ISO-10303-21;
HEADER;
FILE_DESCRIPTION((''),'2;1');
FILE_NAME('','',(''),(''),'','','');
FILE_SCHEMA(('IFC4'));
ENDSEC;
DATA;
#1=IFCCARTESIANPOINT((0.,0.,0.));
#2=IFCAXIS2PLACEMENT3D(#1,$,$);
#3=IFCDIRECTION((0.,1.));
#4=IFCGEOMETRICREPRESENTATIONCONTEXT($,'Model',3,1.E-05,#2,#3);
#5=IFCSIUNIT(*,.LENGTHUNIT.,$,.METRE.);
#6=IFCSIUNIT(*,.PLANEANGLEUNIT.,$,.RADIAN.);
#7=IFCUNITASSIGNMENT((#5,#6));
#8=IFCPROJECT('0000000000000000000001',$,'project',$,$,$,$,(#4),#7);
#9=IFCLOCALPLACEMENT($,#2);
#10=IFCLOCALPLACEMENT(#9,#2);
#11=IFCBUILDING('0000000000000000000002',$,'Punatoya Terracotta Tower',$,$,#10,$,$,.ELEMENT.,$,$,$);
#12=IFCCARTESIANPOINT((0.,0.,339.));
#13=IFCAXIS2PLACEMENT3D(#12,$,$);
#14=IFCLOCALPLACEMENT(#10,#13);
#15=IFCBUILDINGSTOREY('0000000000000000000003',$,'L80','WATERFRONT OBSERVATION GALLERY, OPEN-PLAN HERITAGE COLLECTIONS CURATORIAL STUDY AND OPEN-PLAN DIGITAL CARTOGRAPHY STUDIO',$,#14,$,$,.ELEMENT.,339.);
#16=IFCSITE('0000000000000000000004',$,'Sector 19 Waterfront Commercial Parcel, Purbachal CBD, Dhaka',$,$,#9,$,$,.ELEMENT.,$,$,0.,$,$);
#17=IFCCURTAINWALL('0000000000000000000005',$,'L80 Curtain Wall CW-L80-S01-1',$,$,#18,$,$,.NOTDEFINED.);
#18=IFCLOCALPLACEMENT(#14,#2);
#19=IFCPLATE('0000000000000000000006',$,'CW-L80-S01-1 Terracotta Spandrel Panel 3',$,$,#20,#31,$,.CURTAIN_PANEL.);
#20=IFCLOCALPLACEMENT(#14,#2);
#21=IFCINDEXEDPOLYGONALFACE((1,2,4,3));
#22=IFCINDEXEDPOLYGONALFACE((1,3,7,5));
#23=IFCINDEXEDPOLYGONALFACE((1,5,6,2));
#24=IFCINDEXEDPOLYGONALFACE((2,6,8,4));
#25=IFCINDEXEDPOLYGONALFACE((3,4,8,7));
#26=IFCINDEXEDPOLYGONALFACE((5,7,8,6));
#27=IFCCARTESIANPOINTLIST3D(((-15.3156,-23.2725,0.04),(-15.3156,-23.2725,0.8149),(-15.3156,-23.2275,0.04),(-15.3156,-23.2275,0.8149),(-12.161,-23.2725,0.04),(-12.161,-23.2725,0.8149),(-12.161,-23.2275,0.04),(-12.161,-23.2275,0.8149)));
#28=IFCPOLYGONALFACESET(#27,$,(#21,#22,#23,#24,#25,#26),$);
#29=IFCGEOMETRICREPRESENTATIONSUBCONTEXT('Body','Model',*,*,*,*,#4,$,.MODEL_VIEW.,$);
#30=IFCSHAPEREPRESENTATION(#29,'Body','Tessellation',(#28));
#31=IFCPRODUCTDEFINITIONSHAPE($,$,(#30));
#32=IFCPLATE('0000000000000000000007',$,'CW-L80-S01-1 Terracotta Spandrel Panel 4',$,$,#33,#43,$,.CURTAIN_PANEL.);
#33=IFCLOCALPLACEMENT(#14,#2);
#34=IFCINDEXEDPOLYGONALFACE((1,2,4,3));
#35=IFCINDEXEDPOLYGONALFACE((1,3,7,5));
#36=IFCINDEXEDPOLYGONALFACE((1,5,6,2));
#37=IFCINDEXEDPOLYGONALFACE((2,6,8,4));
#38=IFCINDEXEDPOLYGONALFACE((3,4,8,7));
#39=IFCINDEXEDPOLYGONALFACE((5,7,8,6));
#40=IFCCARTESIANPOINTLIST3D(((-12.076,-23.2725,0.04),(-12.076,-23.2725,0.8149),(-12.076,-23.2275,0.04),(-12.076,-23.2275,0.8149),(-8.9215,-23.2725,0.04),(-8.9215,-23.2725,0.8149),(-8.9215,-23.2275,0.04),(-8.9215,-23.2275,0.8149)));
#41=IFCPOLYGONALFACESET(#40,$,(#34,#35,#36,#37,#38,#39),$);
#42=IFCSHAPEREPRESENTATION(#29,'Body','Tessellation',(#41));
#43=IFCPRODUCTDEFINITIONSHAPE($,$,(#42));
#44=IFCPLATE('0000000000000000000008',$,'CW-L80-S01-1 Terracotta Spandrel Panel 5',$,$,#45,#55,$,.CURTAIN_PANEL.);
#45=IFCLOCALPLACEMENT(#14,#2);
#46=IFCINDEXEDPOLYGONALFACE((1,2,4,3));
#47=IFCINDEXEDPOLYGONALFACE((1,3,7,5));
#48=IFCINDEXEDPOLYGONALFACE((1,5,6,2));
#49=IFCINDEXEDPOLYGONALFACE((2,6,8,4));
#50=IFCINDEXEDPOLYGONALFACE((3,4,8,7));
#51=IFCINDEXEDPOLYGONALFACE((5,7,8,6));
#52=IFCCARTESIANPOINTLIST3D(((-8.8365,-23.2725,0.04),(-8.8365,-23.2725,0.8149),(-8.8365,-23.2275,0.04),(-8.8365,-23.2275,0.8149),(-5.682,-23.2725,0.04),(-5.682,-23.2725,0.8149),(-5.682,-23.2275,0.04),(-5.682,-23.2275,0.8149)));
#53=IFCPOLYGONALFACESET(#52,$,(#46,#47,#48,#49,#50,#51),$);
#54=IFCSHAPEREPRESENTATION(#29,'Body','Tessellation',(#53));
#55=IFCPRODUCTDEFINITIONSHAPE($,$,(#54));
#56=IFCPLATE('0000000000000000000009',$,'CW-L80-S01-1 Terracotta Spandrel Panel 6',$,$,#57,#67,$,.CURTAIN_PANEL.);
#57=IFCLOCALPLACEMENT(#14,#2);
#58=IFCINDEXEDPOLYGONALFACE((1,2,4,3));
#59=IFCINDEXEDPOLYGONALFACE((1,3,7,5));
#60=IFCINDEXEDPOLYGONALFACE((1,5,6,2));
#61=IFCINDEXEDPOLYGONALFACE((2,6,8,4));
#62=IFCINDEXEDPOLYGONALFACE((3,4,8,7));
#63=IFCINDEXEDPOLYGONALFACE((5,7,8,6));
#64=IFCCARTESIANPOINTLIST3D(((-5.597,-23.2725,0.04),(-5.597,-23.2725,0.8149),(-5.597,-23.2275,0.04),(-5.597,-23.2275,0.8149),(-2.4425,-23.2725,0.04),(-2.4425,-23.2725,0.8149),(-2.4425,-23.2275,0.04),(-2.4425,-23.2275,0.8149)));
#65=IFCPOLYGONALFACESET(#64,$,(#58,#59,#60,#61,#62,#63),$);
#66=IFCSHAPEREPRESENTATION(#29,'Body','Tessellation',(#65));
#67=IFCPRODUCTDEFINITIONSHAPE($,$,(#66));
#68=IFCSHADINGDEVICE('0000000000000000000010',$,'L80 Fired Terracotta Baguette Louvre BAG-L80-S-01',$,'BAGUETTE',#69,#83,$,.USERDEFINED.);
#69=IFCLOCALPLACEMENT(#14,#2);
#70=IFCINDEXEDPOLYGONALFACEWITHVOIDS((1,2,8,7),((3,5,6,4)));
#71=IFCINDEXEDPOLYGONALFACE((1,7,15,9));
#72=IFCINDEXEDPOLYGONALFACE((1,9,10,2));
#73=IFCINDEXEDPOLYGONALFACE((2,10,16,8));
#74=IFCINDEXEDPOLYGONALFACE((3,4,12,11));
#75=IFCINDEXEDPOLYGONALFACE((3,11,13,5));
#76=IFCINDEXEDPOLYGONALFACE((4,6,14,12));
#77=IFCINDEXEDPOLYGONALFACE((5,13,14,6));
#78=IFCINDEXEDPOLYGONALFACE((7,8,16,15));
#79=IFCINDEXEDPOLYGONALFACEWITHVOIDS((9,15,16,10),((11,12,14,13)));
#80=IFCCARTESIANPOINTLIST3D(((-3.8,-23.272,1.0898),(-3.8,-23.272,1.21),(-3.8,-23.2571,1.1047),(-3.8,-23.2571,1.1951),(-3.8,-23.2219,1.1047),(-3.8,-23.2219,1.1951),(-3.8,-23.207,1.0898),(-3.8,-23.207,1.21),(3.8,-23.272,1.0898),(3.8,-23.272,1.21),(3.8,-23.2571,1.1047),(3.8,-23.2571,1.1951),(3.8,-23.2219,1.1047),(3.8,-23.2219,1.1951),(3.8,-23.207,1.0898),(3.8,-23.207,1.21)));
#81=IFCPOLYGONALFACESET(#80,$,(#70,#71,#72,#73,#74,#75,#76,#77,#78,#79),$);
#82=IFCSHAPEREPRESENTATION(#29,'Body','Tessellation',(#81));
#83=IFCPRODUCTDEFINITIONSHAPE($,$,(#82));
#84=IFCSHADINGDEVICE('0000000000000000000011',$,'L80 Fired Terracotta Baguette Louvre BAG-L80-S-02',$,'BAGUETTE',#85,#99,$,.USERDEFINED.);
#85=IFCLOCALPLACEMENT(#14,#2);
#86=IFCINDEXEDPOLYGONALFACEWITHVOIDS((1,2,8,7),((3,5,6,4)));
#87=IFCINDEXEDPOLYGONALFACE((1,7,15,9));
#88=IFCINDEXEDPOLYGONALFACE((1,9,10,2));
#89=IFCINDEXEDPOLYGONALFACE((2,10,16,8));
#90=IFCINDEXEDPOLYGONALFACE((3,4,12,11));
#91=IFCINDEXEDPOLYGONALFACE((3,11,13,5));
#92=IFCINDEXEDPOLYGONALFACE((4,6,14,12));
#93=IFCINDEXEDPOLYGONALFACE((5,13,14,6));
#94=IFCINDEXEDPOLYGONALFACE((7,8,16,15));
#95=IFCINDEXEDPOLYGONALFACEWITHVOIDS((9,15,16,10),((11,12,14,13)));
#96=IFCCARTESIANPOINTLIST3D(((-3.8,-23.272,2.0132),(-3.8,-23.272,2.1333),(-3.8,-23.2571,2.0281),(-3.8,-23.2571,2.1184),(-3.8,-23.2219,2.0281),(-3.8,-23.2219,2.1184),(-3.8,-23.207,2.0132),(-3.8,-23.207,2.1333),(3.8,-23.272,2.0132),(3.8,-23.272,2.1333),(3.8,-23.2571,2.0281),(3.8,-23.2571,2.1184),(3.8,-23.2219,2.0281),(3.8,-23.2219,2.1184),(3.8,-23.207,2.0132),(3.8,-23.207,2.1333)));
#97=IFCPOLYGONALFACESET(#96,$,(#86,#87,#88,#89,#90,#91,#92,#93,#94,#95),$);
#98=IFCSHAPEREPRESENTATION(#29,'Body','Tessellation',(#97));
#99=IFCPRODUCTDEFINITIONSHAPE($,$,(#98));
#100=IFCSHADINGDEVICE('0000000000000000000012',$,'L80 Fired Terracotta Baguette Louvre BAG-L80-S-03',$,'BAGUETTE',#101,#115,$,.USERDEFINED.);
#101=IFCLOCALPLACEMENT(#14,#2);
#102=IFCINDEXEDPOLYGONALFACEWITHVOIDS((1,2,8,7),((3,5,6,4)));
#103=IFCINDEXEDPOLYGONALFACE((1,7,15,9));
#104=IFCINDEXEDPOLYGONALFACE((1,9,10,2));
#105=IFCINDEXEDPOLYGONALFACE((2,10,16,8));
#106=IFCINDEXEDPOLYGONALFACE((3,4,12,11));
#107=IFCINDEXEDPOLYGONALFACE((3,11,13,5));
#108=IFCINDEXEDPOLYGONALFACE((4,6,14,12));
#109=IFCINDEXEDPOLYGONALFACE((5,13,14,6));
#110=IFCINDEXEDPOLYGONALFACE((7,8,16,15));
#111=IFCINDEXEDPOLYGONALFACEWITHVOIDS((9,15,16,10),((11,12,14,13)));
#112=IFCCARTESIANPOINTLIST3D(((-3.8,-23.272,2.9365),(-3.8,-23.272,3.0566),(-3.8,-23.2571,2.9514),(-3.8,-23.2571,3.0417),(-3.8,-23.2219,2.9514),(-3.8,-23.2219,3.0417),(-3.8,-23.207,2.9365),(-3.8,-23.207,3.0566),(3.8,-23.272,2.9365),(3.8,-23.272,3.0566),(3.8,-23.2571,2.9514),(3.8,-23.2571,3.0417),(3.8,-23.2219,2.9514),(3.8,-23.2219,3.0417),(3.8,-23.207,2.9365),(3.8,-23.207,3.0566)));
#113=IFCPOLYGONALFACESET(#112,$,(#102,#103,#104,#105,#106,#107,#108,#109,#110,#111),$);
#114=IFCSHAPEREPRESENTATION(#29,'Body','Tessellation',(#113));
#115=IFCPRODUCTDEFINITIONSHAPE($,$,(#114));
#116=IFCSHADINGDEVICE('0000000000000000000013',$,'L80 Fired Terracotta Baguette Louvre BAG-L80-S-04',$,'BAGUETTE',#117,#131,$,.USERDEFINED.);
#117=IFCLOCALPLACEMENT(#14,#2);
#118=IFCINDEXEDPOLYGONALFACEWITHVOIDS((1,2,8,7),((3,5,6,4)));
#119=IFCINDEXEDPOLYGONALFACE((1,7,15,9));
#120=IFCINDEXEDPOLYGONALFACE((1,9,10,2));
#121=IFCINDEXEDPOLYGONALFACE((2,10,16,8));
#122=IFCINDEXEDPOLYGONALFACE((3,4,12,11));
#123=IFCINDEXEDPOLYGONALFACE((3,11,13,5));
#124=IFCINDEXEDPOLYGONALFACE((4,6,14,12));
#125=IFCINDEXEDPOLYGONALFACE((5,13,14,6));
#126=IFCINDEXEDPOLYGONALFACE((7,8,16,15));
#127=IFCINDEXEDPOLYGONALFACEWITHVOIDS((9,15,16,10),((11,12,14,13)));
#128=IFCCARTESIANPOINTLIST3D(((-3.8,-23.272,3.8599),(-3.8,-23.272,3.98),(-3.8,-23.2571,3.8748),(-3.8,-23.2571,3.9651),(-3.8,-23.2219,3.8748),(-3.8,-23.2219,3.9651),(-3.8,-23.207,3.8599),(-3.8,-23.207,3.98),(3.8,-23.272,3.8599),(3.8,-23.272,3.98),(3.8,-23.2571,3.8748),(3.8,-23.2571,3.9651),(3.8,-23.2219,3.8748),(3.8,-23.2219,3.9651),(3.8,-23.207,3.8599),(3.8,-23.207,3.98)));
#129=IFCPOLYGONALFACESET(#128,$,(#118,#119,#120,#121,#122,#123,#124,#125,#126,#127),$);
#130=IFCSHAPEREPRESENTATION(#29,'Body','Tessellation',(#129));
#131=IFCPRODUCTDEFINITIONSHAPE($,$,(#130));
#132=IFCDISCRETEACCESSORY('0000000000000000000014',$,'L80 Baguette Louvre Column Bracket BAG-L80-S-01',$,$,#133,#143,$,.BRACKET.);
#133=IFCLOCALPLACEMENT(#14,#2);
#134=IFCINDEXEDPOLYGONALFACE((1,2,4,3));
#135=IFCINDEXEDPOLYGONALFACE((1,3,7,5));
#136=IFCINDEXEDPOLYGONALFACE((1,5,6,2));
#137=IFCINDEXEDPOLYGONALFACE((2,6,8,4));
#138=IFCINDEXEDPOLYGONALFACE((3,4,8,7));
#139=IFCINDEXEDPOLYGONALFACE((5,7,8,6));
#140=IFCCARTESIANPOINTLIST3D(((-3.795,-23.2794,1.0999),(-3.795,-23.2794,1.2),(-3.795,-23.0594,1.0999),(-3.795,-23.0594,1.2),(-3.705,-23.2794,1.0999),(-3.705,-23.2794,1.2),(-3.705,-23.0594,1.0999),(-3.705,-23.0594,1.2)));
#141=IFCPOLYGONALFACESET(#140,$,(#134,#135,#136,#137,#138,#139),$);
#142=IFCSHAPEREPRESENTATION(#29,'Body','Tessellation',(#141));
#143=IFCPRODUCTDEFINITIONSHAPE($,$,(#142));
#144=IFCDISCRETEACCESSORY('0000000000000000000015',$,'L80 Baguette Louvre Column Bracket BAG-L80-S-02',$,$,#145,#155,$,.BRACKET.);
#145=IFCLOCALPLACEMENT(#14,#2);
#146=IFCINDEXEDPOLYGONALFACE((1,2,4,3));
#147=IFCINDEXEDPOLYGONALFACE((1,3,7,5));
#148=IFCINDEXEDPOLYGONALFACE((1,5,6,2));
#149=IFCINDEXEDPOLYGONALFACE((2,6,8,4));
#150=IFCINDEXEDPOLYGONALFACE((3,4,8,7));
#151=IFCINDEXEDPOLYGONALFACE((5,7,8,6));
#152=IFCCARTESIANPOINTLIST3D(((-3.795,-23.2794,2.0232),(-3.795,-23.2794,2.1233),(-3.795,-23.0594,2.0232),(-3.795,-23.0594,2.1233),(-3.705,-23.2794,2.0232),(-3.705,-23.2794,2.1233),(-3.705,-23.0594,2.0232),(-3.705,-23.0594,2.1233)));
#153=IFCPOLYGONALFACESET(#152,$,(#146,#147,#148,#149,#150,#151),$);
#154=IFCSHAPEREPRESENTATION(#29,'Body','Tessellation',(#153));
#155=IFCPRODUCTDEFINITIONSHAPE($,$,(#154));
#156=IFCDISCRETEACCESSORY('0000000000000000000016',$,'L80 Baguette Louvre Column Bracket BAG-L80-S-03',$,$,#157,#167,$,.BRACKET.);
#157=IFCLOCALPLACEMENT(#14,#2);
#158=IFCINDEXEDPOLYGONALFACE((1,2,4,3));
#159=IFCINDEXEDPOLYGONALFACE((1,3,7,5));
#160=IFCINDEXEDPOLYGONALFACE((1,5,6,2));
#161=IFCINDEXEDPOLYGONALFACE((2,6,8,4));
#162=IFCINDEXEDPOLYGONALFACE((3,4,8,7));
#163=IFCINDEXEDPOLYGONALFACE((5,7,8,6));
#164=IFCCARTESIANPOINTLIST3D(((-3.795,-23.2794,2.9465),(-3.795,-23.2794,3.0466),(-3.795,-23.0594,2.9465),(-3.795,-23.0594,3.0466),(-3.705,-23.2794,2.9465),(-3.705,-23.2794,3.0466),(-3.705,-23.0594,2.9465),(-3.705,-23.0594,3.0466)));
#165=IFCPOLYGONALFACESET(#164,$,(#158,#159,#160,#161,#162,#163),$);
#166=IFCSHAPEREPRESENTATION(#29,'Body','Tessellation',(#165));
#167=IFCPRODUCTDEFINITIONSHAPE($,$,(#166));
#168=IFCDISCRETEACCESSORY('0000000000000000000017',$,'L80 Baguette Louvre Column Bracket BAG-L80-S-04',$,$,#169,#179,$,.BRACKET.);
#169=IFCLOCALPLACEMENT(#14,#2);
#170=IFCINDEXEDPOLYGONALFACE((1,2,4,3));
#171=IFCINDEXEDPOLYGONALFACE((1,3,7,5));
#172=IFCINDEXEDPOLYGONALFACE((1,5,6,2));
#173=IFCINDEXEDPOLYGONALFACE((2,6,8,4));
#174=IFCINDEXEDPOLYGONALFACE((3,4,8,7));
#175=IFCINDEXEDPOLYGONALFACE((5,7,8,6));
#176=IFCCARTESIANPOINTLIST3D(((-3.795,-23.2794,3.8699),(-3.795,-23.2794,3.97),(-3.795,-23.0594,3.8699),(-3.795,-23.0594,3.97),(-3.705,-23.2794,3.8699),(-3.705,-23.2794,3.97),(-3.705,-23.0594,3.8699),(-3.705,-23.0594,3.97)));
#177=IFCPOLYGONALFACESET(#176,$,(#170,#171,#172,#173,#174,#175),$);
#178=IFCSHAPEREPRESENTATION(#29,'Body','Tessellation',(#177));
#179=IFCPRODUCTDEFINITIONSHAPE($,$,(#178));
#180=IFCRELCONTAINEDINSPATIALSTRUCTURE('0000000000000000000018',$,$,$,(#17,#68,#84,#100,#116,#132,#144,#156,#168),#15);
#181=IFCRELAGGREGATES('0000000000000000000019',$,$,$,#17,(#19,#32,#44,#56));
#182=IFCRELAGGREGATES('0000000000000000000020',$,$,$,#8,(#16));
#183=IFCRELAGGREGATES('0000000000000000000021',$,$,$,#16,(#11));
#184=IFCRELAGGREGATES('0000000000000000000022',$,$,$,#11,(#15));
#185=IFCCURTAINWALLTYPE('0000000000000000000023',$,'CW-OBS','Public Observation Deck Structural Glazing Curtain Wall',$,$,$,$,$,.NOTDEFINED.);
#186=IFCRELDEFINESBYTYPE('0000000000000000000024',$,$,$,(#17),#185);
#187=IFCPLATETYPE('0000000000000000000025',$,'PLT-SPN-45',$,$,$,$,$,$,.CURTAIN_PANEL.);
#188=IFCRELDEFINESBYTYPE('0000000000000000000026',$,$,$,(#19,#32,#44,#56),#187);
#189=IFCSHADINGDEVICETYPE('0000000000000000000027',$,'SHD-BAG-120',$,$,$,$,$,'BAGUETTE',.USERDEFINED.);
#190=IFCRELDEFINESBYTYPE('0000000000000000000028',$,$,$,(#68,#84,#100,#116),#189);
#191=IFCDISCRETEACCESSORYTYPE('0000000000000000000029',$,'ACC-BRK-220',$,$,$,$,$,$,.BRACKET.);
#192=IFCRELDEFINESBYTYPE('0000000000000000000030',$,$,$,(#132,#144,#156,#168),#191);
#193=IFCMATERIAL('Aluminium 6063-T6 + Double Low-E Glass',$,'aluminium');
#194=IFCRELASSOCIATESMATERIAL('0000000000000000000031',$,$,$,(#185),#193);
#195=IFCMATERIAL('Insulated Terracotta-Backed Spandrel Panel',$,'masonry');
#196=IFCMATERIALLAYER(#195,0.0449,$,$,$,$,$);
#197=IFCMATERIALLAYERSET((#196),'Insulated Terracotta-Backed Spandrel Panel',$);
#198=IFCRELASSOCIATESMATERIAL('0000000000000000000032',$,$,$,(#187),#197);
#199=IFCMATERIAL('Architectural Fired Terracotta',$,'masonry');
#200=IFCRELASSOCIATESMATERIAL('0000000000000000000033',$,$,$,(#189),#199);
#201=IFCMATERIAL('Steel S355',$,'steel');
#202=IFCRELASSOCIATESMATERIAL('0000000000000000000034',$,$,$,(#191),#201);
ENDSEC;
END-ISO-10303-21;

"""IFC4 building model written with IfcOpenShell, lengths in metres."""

from ifc_helpers import new_model, si_unit, direction, frame, origin, origin_2d, place, context, subcontext, project, spatial, rectangle, hollow_rectangle, extrude, material, layer, layer_set, material_profile, profile_set, type_object, element, aggregate, save


model = new_model("IFC4")

# Units and contexts
model_context = context("Model", 3, precision=1e-05, world=origin(), true_north=direction((0.0, 1.0)))
body_context = subcontext(model_context, "Body", "Model", "MODEL_VIEW")
ifc_project = project(units=[si_unit("LENGTHUNIT", "METRE"), si_unit("PLANEANGLEUNIT", "RADIAN")], contexts=[model_context])

# Site, building, storey
site_placement = place(None, origin())
site = spatial("IfcSite", under=ifc_project, at=site_placement, Name="Sector 19 Waterfront Commercial Parcel, Purbachal CBD, Dhaka", CompositionType="ELEMENT", RefElevation=0.0)
building_placement = place(site_placement, origin())
building = spatial("IfcBuilding", under=site, at=building_placement, Name="Punatoya Terracotta Tower", CompositionType="ELEMENT")
storey_placement = place(building_placement, frame((0.0, 0.0, 339.0)))
storey = spatial("IfcBuildingStorey", under=building, at=storey_placement, Name="L80", Description="WATERFRONT OBSERVATION GALLERY, OPEN-PLAN HERITAGE COLLECTIONS CURATORIAL STUDY AND OPEN-PLAN DIGITAL CARTOGRAPHY STUDIO", CompositionType="ELEMENT", Elevation=339.0)

# Shared definitions
ifc_material_1 = material(Name="Steel S355", Category="steel")

# Curtain wall
ifc_material_2 = material(Name="Aluminium 6063-T6 + Double Low-E Glass", Category="aluminium")
curtain_wall_type = type_object("IfcCurtainWallType", Name="CW-OBS", Description="Public Observation Deck Structural Glazing Curtain Wall", PredefinedType="NOTDEFINED", material=ifc_material_2)
curtain_wall_placement = place(storey_placement, origin())
curtain_wall = element("IfcCurtainWall", 1, at=curtain_wall_placement, inside=storey, type_object=curtain_wall_type, Name="L80 Curtain Wall CW-L80-S01-1", PredefinedType="NOTDEFINED")

# Plates
ifc_material_3 = material(Name="Insulated Terracotta-Backed Spandrel Panel", Category="masonry")
ifc_layer_1 = layer(ifc_material_3, 0.0449)
ifc_layer_set_1 = layer_set([ifc_layer_1], Name="Insulated Terracotta-Backed Spandrel Panel")
plate_type_1 = type_object("IfcPlateType", Name="PLT-SPN-45", PredefinedType="CURTAIN_PANEL", material=ifc_layer_set_1)
plate_1_placement = place(storey_placement, frame((-13.7383, -23.25, 0.04), z_axis=(0.0, 0.0, 1.0), x_axis=(1.0, 0.0, 0.0)))
plate_1 = element("IfcPlate", 2, at=plate_1_placement, type_object=plate_type_1, Name="CW-L80-S01-1 Terracotta Spandrel Panel 3", PredefinedType="CURTAIN_PANEL", context=body_context, shape_type="SweptSolid", body=[
    extrude(rectangle(XDim=3.1545, YDim=0.0449, at=origin_2d()), origin(), (0.0, 0.0, 1.0), 0.7749),
])
plate_2_placement = place(storey_placement, frame((-10.4988, -23.25, 0.04), z_axis=(0.0, 0.0, 1.0), x_axis=(1.0, 0.0, 0.0)))
plate_2 = element("IfcPlate", 3, at=plate_2_placement, type_object=plate_type_1, Name="CW-L80-S01-1 Terracotta Spandrel Panel 4", PredefinedType="CURTAIN_PANEL", context=body_context, shape_type="SweptSolid", body=[
    extrude(rectangle(XDim=3.1545, YDim=0.0449, at=origin_2d()), origin(), (0.0, 0.0, 1.0), 0.7749),
])
plate_3_placement = place(storey_placement, frame((-7.2593, -23.25, 0.04), z_axis=(0.0, 0.0, 1.0), x_axis=(1.0, 0.0, 0.0)))
plate_3 = element("IfcPlate", 4, at=plate_3_placement, type_object=plate_type_1, Name="CW-L80-S01-1 Terracotta Spandrel Panel 5", PredefinedType="CURTAIN_PANEL", context=body_context, shape_type="SweptSolid", body=[
    extrude(rectangle(XDim=3.1545, YDim=0.0449, at=origin_2d()), origin(), (0.0, 0.0, 1.0), 0.7749),
])
plate_4_placement = place(storey_placement, frame((-4.0198, -23.25, 0.04), z_axis=(0.0, 0.0, 1.0), x_axis=(1.0, 0.0, 0.0)))
plate_4 = element("IfcPlate", 5, at=plate_4_placement, type_object=plate_type_1, Name="CW-L80-S01-1 Terracotta Spandrel Panel 6", PredefinedType="CURTAIN_PANEL", context=body_context, shape_type="SweptSolid", body=[
    extrude(rectangle(XDim=3.1545, YDim=0.0449, at=origin_2d()), origin(), (0.0, 0.0, 1.0), 0.7749),
])
aggregate(curtain_wall, [plate_1, plate_2, plate_3, plate_4])

# Shading devices
ifc_material_4 = material(Name="Architectural Fired Terracotta", Category="masonry")
ifc_material_profile_1 = material_profile(ifc_material_4, hollow_rectangle(XDim=0.0649, YDim=0.1201, WallThickness=0.0149, at=origin_2d()))
ifc_profile_set_1 = profile_set([ifc_material_profile_1], Name="Architectural Fired Terracotta")
shading_device_type = type_object("IfcShadingDeviceType", Name="SHD-BAG-120", ElementType="BAGUETTE", PredefinedType="USERDEFINED", material=ifc_profile_set_1)
for number, where, z_axis, x_axis, name in (
    (6, (-3.8, -23.2395, 1.1499), (1.0, 0.0, 0.0), (0.0, 1.0, 0.0), "L80 Fired Terracotta Baguette Louvre BAG-L80-S-01"),
    (7, (-3.8, -23.2395, 2.0732), (1.0, 0.0, 0.0), (0.0, 1.0, 0.0), "L80 Fired Terracotta Baguette Louvre BAG-L80-S-02"),
    (8, (-3.8, -23.2395, 2.9966), (1.0, 0.0, 0.0), (0.0, 1.0, 0.0), "L80 Fired Terracotta Baguette Louvre BAG-L80-S-03"),
    (9, (-3.8, -23.2395, 3.9199), (1.0, 0.0, 0.0), (0.0, 1.0, 0.0), "L80 Fired Terracotta Baguette Louvre BAG-L80-S-04"),
):
    element("IfcShadingDevice", number, at=place(storey_placement, frame(where, z_axis=z_axis, x_axis=x_axis)), inside=storey, type_object=shading_device_type, Name=name, ObjectType="BAGUETTE", PredefinedType="USERDEFINED", context=body_context, shape_type="SweptSolid", body=[
        extrude(hollow_rectangle(XDim=0.0649, YDim=0.1201, WallThickness=0.0149, at=origin_2d()), origin(), (0.0, 0.0, 1.0), 7.6001),
    ])

# Discrete accessories
discrete_accessory_type = type_object("IfcDiscreteAccessoryType", Name="ACC-BRK-220", PredefinedType="BRACKET", material=ifc_material_1)
for number, where, z_axis, x_axis, name in (
    (10, (-3.75, -23.1694, 1.0999), (0.0, 0.0, 1.0), (1.0, 0.0, 0.0), "L80 Baguette Louvre Column Bracket BAG-L80-S-01"),
    (11, (-3.75, -23.1694, 2.0232), (0.0, 0.0, 1.0), (1.0, 0.0, 0.0), "L80 Baguette Louvre Column Bracket BAG-L80-S-02"),
    (12, (-3.75, -23.1694, 2.9465), (0.0, 0.0, 1.0), (1.0, 0.0, 0.0), "L80 Baguette Louvre Column Bracket BAG-L80-S-03"),
    (13, (-3.75, -23.1694, 3.8699), (0.0, 0.0, 1.0), (1.0, 0.0, 0.0), "L80 Baguette Louvre Column Bracket BAG-L80-S-04"),
):
    element("IfcDiscreteAccessory", number, at=place(storey_placement, frame(where, z_axis=z_axis, x_axis=x_axis)), inside=storey, type_object=discrete_accessory_type, Name=name, PredefinedType="BRACKET", context=body_context, shape_type="SweptSolid", body=[
        extrude(rectangle(XDim=0.0901, YDim=0.22, at=origin_2d()), origin(), (0.0, 0.0, 1.0), 0.1001),
    ])

save(model, "model.ifc")
